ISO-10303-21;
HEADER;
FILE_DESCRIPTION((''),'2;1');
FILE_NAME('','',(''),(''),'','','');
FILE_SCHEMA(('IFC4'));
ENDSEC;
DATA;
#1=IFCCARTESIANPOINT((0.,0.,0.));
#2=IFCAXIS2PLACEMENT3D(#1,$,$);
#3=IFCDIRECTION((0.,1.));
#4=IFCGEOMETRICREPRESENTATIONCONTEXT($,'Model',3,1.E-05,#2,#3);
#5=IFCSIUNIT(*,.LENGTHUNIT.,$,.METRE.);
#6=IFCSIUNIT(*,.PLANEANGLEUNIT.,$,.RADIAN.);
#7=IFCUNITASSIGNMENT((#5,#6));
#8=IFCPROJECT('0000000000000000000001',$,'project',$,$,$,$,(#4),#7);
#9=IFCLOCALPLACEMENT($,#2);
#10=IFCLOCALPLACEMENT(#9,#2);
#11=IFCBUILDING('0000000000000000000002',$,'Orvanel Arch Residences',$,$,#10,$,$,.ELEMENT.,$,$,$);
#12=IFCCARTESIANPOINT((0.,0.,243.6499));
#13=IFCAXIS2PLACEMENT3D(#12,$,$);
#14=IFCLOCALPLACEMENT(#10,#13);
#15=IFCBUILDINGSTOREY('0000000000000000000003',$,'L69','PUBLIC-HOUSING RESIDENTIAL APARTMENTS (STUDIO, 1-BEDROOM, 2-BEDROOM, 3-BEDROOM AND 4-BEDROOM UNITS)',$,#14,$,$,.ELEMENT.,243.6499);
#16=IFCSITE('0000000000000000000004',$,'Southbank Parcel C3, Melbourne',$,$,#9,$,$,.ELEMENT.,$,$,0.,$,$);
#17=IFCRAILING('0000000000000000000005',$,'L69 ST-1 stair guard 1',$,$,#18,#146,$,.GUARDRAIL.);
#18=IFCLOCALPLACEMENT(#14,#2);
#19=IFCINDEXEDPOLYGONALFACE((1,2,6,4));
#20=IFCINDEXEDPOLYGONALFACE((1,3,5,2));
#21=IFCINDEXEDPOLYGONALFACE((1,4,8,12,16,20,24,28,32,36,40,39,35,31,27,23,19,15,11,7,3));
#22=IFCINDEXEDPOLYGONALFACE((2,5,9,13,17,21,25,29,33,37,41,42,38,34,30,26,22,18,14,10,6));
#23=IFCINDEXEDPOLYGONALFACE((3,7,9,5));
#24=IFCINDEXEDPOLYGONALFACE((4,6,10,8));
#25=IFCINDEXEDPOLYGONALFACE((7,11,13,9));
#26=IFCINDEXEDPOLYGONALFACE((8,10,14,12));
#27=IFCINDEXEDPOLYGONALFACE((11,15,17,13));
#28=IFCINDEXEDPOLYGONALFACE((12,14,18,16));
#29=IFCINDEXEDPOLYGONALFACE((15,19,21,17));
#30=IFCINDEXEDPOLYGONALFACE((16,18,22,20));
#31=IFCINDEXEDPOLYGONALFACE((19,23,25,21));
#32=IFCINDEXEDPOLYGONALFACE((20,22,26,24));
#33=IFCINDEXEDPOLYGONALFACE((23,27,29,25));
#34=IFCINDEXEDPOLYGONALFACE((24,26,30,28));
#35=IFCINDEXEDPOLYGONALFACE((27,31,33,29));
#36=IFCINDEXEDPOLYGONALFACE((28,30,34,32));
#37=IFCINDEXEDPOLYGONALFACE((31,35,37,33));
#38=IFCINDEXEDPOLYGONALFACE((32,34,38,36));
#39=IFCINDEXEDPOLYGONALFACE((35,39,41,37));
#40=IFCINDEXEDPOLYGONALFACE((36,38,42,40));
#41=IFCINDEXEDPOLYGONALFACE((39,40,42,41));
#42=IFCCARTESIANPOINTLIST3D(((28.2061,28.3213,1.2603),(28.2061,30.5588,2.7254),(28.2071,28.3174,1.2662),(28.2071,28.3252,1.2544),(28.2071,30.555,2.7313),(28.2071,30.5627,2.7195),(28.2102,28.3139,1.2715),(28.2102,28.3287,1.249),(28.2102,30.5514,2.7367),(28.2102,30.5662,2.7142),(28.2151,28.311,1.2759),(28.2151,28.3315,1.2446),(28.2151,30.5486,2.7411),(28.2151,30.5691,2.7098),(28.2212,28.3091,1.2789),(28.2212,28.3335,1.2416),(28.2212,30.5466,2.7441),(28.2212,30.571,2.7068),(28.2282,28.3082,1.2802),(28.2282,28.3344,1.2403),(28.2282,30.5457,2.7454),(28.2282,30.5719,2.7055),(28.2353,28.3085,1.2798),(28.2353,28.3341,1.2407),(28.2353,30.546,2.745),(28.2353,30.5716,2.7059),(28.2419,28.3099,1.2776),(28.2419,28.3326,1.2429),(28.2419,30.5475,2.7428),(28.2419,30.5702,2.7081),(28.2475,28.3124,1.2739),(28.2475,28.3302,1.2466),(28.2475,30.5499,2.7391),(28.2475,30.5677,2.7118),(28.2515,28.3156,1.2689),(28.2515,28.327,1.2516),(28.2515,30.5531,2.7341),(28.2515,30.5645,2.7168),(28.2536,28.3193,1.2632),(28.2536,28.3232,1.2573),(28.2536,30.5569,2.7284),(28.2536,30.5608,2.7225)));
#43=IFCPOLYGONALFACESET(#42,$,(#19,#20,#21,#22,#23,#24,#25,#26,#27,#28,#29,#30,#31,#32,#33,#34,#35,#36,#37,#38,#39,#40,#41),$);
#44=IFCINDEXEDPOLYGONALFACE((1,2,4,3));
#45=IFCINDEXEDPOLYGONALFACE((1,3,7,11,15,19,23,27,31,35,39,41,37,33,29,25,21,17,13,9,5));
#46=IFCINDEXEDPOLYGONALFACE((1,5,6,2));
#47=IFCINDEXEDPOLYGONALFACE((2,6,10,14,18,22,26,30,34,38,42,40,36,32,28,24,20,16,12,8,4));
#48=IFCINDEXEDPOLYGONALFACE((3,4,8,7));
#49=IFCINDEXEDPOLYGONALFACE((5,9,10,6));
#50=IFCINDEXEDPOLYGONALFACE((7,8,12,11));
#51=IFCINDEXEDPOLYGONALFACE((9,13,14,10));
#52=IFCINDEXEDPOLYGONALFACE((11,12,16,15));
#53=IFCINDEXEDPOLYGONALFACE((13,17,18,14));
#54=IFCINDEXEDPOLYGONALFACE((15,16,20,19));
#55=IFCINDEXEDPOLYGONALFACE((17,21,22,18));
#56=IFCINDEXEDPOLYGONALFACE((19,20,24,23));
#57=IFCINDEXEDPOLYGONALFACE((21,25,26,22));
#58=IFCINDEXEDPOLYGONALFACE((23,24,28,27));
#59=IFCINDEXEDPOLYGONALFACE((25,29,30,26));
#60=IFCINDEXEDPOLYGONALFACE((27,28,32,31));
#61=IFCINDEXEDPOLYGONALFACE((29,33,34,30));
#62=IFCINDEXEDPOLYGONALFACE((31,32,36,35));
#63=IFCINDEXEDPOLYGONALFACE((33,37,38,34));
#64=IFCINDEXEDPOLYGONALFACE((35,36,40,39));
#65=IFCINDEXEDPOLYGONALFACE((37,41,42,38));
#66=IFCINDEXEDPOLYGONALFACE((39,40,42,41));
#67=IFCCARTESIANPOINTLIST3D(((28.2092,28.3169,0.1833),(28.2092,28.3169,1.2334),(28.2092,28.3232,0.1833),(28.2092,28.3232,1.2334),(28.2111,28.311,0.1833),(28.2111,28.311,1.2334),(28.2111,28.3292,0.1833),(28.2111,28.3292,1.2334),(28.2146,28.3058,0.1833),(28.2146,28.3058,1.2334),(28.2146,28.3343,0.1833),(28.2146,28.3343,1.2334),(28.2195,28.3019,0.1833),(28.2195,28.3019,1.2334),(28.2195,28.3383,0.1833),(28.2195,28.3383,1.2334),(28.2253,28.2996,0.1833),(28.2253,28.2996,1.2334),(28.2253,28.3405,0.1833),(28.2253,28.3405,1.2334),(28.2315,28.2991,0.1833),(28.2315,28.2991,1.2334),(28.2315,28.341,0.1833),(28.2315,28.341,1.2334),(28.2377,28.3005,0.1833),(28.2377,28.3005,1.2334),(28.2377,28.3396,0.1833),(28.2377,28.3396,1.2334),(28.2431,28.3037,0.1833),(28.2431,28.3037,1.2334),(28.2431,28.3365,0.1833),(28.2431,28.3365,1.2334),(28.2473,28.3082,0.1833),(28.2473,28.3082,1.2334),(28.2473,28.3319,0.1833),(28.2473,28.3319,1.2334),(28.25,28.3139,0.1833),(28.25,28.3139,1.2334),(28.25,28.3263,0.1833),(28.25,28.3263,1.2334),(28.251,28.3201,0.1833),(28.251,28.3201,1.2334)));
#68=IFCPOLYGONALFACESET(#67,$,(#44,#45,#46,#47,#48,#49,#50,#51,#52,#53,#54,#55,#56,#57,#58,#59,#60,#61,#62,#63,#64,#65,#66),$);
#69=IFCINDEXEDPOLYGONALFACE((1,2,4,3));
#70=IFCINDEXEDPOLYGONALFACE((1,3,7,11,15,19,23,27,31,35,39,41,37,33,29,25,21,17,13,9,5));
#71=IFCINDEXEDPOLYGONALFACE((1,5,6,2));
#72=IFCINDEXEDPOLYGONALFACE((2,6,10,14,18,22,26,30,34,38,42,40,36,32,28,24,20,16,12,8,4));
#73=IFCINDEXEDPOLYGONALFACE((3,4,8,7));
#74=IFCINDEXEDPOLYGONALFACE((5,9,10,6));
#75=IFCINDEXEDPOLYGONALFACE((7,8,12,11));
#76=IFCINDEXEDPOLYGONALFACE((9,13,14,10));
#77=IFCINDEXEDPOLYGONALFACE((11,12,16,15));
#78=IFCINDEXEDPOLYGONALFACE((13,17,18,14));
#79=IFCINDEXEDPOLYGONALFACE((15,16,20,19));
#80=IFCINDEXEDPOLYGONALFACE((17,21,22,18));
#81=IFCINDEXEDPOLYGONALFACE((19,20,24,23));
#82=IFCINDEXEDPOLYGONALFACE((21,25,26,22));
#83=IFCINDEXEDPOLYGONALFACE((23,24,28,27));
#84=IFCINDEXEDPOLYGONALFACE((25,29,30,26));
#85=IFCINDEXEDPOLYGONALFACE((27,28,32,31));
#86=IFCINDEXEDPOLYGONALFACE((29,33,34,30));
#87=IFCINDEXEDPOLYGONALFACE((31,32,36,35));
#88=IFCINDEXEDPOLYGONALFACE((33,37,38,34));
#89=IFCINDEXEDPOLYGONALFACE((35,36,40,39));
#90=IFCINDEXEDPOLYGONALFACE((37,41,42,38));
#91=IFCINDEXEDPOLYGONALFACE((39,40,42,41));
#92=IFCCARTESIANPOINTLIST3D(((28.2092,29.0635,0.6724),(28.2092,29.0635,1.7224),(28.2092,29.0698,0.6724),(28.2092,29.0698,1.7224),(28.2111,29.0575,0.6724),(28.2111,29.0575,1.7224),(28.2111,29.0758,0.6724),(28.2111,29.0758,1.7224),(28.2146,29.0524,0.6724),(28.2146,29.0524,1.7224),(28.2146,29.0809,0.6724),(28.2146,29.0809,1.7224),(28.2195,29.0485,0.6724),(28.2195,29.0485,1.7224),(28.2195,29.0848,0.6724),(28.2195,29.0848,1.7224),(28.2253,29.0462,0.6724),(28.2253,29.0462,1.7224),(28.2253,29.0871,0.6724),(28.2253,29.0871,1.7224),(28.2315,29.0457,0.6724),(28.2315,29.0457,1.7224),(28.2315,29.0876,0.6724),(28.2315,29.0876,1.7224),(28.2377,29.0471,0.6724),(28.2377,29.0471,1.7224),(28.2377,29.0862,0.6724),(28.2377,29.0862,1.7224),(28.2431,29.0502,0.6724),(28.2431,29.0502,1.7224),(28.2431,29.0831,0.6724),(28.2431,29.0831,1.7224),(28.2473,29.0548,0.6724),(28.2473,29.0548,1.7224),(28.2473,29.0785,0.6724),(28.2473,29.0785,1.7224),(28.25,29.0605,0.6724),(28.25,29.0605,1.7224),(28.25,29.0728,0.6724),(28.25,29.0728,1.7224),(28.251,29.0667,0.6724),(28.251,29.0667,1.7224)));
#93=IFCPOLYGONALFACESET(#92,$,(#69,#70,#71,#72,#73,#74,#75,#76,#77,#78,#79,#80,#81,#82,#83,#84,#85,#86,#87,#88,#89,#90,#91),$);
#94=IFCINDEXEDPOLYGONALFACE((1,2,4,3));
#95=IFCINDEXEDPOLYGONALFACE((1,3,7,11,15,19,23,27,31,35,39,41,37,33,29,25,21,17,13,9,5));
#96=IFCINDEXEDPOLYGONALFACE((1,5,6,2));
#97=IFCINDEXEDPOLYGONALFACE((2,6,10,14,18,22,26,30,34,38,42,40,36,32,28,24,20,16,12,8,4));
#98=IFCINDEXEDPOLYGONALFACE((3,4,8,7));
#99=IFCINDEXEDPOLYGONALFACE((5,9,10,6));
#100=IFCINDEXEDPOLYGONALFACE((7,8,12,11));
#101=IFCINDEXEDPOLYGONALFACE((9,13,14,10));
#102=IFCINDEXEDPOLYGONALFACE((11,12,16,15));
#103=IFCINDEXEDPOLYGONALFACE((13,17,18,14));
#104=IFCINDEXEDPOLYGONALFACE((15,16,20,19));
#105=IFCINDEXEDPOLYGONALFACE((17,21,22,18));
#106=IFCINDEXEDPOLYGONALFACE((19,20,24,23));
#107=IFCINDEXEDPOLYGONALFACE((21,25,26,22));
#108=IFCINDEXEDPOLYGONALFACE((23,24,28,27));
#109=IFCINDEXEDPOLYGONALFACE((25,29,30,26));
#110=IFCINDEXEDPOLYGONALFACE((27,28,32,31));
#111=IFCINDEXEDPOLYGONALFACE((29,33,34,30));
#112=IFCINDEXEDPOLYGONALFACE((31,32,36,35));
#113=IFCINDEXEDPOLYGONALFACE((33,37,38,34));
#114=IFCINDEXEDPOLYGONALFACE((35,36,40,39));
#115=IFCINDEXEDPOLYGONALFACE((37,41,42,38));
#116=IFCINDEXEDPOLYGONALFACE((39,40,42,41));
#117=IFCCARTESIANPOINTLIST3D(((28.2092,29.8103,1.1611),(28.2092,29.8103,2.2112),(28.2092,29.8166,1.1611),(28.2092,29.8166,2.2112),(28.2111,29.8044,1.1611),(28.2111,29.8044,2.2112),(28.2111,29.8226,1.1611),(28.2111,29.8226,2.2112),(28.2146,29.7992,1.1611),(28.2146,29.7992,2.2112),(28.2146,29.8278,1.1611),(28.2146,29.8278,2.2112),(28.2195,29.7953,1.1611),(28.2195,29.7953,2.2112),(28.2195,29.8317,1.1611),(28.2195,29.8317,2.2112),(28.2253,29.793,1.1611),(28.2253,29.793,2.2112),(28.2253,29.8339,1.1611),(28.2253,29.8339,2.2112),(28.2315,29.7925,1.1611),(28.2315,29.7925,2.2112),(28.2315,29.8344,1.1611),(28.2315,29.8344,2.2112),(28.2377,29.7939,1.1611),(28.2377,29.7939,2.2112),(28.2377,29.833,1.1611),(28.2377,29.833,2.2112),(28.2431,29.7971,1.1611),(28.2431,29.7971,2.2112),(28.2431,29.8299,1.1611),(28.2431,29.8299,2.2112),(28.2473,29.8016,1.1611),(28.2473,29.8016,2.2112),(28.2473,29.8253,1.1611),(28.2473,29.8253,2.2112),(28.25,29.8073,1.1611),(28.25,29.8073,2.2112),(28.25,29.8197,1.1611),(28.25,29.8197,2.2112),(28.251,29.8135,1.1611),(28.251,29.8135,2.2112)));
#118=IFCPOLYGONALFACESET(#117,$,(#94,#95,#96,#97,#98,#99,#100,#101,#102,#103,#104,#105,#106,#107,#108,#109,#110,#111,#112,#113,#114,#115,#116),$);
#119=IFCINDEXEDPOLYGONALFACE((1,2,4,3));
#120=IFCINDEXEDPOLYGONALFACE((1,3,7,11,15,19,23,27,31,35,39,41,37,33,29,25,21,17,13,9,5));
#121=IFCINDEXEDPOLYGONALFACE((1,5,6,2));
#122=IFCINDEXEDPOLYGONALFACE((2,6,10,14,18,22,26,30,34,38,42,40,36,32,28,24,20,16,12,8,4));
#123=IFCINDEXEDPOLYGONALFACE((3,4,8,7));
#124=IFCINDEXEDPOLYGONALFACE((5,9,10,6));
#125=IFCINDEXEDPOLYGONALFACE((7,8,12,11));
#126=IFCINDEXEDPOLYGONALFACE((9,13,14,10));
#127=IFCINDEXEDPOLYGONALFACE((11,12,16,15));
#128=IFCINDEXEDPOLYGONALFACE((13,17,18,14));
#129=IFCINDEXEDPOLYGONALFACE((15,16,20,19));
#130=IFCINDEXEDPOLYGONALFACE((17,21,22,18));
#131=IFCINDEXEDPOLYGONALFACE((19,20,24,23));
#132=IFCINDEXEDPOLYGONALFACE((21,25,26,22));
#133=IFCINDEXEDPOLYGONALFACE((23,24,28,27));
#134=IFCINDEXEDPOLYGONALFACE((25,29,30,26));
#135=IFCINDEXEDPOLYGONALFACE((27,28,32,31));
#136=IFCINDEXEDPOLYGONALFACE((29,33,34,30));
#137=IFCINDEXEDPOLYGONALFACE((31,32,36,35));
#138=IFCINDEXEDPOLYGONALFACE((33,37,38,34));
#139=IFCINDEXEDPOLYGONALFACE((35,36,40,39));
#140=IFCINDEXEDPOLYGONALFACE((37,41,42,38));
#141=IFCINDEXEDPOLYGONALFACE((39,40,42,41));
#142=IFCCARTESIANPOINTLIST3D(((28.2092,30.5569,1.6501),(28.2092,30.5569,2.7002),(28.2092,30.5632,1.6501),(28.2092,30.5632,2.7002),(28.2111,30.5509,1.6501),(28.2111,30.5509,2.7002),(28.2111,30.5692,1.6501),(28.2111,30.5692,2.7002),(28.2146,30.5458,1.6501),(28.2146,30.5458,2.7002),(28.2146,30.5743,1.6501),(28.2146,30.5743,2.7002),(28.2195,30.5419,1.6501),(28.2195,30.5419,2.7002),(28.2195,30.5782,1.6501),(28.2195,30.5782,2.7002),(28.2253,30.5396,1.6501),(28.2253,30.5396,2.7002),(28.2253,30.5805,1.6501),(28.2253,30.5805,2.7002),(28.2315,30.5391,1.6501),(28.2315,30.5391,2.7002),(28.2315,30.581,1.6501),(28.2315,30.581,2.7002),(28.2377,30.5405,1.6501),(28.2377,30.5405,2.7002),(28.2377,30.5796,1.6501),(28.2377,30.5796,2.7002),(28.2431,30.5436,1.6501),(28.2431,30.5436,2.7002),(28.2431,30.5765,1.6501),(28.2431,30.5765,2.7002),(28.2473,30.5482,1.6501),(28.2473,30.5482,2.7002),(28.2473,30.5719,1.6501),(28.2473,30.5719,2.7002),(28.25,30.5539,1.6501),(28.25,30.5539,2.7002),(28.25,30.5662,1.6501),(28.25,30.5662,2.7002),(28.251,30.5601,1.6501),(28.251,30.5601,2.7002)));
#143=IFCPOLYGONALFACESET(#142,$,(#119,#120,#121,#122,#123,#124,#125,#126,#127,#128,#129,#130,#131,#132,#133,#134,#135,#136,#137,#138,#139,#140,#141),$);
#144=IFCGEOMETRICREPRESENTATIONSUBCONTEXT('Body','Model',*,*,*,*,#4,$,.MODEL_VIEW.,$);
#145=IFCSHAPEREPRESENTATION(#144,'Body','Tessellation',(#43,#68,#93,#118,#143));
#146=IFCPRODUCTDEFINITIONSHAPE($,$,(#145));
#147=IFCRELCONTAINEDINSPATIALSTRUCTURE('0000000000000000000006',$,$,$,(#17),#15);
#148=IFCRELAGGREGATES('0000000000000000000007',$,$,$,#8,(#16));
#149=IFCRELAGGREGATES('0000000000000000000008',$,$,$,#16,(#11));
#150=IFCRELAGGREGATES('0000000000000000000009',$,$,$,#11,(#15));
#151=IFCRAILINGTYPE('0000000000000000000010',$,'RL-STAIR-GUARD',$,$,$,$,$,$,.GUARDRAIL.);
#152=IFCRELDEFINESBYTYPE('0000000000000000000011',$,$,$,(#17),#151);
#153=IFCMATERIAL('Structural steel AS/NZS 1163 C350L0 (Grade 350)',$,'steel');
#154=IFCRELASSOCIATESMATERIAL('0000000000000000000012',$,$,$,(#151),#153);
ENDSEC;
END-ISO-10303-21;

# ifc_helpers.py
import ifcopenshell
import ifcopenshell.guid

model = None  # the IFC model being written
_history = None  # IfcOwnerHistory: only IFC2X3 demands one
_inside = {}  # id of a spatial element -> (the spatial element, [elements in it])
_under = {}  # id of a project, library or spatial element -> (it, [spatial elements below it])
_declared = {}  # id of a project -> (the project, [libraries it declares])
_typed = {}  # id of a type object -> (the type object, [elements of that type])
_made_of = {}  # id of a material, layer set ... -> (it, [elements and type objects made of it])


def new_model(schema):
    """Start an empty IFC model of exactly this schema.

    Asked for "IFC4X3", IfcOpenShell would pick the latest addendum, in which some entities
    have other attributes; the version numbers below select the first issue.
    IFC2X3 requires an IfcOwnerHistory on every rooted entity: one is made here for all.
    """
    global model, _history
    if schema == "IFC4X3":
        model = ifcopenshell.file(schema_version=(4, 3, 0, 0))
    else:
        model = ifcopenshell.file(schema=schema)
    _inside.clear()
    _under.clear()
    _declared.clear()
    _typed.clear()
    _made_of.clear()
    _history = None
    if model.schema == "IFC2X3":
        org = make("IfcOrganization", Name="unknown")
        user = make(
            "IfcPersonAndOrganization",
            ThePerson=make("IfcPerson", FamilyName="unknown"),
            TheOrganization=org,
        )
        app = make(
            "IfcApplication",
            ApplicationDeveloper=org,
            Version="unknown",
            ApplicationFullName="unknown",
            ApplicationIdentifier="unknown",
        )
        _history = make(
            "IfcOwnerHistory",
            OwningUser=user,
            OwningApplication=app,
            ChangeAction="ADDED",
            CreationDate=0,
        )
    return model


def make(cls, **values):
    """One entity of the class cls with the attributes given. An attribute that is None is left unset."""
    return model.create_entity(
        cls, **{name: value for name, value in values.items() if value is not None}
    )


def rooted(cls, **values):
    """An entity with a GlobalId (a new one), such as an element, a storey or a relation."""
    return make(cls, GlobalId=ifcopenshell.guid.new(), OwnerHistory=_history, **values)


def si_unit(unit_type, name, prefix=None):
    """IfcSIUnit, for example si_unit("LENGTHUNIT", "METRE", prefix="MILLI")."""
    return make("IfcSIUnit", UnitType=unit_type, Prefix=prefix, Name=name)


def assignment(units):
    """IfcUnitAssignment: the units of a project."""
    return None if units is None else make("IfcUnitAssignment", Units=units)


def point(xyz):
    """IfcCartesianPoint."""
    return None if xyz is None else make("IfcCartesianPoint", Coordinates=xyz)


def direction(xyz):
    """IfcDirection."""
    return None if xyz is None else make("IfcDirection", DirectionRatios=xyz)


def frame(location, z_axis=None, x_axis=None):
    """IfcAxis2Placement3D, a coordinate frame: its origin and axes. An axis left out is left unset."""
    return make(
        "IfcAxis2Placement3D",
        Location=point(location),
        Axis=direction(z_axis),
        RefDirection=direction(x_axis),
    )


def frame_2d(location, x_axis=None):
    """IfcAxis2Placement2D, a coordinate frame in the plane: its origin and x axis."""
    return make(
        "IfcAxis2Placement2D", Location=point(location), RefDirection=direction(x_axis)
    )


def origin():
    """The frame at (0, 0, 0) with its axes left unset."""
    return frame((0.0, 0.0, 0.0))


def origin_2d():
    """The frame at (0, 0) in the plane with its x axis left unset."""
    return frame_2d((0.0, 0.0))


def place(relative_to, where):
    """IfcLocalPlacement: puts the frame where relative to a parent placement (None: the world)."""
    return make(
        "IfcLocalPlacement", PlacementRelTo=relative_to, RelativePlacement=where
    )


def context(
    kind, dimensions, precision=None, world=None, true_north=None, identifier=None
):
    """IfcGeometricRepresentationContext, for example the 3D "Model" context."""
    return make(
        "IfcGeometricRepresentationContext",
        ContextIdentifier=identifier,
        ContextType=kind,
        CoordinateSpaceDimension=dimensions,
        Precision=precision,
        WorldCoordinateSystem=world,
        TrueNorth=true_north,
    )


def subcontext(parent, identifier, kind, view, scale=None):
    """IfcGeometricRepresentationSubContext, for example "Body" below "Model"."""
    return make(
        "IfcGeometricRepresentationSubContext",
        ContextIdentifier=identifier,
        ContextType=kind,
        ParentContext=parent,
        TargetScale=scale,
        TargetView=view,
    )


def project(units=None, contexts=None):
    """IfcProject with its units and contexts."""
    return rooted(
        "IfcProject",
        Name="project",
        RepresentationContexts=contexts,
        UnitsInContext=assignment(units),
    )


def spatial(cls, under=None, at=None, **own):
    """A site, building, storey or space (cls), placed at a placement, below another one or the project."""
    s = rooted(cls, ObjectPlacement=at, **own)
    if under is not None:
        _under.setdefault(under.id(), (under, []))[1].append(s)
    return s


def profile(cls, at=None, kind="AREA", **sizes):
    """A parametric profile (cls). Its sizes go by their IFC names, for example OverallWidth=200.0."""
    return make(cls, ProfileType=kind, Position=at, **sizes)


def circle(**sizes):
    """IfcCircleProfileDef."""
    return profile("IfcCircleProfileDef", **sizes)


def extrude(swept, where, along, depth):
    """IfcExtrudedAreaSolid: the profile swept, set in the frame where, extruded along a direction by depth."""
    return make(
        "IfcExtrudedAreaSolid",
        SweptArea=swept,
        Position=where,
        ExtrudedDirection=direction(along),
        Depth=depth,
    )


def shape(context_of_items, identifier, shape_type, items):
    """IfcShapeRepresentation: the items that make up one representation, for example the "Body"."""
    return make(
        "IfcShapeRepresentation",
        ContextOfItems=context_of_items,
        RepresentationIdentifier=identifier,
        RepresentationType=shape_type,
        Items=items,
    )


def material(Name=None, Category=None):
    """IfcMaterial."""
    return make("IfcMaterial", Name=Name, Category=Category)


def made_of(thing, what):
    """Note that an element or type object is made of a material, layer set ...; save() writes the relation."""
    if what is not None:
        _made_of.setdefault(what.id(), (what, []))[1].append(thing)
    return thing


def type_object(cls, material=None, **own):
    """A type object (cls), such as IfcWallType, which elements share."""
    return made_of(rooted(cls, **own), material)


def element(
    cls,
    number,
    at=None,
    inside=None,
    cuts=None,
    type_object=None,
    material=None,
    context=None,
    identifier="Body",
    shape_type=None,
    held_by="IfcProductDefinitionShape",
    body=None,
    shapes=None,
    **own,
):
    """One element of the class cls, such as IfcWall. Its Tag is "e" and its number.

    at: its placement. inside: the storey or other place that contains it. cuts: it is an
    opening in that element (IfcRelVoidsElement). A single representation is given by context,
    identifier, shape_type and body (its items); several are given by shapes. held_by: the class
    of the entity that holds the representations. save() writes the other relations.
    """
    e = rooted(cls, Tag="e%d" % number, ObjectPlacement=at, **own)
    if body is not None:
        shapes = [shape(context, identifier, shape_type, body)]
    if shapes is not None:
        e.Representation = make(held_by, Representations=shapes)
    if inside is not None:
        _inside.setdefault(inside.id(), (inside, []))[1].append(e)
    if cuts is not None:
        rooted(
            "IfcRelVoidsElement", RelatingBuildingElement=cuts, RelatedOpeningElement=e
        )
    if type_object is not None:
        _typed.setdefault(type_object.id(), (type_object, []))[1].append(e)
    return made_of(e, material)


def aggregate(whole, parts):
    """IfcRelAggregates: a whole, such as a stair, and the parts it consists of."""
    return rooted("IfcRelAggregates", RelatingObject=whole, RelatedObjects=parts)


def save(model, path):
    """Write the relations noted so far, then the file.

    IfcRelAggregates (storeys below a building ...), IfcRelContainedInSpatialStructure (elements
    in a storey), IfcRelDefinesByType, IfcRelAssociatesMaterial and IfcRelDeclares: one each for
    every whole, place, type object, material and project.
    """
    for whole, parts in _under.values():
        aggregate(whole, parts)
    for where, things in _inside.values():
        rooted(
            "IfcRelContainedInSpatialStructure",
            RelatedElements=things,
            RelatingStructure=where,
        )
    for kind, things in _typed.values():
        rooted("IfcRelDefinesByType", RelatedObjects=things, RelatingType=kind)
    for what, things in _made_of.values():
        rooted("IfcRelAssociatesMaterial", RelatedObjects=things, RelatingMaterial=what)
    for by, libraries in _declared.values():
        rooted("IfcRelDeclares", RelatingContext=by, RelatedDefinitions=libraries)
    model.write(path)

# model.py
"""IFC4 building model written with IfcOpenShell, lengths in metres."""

from ifc_helpers import new_model, si_unit, direction, frame, origin, origin_2d, place, context, subcontext, project, spatial, circle, extrude, material, type_object, element, save


model = new_model("IFC4")

# Units and contexts
model_context = context("Model", 3, precision=1e-05, world=origin(), true_north=direction((0.0, 1.0)))
body_context = subcontext(model_context, "Body", "Model", "MODEL_VIEW")
ifc_project = project(units=[si_unit("LENGTHUNIT", "METRE"), si_unit("PLANEANGLEUNIT", "RADIAN")], contexts=[model_context])

# Site, building, storey
site_placement = place(None, origin())
site = spatial("IfcSite", under=ifc_project, at=site_placement, Name="Southbank Parcel C3, Melbourne", CompositionType="ELEMENT", RefElevation=0.0)
building_placement = place(site_placement, origin())
building = spatial("IfcBuilding", under=site, at=building_placement, Name="Orvanel Arch Residences", CompositionType="ELEMENT")
storey_placement = place(building_placement, frame((0.0, 0.0, 243.6499)))
storey = spatial("IfcBuildingStorey", under=building, at=storey_placement, Name="L69", Description="PUBLIC-HOUSING RESIDENTIAL APARTMENTS (STUDIO, 1-BEDROOM, 2-BEDROOM, 3-BEDROOM AND 4-BEDROOM UNITS)", CompositionType="ELEMENT", Elevation=243.6499)

# Railing
ifc_material_1 = material(Name="Structural steel AS/NZS 1163 C350L0 (Grade 350)", Category="steel")
railing_type_1 = type_object("IfcRailingType", Name="RL-STAIR-GUARD", PredefinedType="GUARDRAIL", material=ifc_material_1)
railing_1_placement = place(storey_placement, frame((28.23, 28.3201, 0.1833)))
element("IfcRailing", 1, at=railing_1_placement, inside=storey, type_object=railing_type_1, Name="L69 ST-1 stair guard 1", PredefinedType="GUARDRAIL", context=body_context, shape_type="SweptSolid", body=[
    extrude(circle(Radius=0.0239, at=origin_2d()), frame((0.0, 0.0012, 1.0769), z_axis=(0.0, 0.836595, 0.547822), x_axis=(-1.0, 0.0, 0.0)), (0.0, 0.0, 1.0), 2.6746),
    extrude(circle(Radius=0.021, at=origin_2d()), origin(), (0.0, 0.0, 1.0), 1.05),
    extrude(circle(Radius=0.021, at=origin_2d()), frame((0.0, 0.7466, 0.489)), (0.0, 0.0, 1.0), 1.05),
    extrude(circle(Radius=0.021, at=origin_2d()), frame((0.0, 1.4934, 0.9778)), (0.0, 0.0, 1.0), 1.05),
    extrude(circle(Radius=0.021, at=origin_2d()), frame((0.0, 2.24, 1.4668)), (0.0, 0.0, 1.0), 1.05),
])

save(model, "model.ifc")
